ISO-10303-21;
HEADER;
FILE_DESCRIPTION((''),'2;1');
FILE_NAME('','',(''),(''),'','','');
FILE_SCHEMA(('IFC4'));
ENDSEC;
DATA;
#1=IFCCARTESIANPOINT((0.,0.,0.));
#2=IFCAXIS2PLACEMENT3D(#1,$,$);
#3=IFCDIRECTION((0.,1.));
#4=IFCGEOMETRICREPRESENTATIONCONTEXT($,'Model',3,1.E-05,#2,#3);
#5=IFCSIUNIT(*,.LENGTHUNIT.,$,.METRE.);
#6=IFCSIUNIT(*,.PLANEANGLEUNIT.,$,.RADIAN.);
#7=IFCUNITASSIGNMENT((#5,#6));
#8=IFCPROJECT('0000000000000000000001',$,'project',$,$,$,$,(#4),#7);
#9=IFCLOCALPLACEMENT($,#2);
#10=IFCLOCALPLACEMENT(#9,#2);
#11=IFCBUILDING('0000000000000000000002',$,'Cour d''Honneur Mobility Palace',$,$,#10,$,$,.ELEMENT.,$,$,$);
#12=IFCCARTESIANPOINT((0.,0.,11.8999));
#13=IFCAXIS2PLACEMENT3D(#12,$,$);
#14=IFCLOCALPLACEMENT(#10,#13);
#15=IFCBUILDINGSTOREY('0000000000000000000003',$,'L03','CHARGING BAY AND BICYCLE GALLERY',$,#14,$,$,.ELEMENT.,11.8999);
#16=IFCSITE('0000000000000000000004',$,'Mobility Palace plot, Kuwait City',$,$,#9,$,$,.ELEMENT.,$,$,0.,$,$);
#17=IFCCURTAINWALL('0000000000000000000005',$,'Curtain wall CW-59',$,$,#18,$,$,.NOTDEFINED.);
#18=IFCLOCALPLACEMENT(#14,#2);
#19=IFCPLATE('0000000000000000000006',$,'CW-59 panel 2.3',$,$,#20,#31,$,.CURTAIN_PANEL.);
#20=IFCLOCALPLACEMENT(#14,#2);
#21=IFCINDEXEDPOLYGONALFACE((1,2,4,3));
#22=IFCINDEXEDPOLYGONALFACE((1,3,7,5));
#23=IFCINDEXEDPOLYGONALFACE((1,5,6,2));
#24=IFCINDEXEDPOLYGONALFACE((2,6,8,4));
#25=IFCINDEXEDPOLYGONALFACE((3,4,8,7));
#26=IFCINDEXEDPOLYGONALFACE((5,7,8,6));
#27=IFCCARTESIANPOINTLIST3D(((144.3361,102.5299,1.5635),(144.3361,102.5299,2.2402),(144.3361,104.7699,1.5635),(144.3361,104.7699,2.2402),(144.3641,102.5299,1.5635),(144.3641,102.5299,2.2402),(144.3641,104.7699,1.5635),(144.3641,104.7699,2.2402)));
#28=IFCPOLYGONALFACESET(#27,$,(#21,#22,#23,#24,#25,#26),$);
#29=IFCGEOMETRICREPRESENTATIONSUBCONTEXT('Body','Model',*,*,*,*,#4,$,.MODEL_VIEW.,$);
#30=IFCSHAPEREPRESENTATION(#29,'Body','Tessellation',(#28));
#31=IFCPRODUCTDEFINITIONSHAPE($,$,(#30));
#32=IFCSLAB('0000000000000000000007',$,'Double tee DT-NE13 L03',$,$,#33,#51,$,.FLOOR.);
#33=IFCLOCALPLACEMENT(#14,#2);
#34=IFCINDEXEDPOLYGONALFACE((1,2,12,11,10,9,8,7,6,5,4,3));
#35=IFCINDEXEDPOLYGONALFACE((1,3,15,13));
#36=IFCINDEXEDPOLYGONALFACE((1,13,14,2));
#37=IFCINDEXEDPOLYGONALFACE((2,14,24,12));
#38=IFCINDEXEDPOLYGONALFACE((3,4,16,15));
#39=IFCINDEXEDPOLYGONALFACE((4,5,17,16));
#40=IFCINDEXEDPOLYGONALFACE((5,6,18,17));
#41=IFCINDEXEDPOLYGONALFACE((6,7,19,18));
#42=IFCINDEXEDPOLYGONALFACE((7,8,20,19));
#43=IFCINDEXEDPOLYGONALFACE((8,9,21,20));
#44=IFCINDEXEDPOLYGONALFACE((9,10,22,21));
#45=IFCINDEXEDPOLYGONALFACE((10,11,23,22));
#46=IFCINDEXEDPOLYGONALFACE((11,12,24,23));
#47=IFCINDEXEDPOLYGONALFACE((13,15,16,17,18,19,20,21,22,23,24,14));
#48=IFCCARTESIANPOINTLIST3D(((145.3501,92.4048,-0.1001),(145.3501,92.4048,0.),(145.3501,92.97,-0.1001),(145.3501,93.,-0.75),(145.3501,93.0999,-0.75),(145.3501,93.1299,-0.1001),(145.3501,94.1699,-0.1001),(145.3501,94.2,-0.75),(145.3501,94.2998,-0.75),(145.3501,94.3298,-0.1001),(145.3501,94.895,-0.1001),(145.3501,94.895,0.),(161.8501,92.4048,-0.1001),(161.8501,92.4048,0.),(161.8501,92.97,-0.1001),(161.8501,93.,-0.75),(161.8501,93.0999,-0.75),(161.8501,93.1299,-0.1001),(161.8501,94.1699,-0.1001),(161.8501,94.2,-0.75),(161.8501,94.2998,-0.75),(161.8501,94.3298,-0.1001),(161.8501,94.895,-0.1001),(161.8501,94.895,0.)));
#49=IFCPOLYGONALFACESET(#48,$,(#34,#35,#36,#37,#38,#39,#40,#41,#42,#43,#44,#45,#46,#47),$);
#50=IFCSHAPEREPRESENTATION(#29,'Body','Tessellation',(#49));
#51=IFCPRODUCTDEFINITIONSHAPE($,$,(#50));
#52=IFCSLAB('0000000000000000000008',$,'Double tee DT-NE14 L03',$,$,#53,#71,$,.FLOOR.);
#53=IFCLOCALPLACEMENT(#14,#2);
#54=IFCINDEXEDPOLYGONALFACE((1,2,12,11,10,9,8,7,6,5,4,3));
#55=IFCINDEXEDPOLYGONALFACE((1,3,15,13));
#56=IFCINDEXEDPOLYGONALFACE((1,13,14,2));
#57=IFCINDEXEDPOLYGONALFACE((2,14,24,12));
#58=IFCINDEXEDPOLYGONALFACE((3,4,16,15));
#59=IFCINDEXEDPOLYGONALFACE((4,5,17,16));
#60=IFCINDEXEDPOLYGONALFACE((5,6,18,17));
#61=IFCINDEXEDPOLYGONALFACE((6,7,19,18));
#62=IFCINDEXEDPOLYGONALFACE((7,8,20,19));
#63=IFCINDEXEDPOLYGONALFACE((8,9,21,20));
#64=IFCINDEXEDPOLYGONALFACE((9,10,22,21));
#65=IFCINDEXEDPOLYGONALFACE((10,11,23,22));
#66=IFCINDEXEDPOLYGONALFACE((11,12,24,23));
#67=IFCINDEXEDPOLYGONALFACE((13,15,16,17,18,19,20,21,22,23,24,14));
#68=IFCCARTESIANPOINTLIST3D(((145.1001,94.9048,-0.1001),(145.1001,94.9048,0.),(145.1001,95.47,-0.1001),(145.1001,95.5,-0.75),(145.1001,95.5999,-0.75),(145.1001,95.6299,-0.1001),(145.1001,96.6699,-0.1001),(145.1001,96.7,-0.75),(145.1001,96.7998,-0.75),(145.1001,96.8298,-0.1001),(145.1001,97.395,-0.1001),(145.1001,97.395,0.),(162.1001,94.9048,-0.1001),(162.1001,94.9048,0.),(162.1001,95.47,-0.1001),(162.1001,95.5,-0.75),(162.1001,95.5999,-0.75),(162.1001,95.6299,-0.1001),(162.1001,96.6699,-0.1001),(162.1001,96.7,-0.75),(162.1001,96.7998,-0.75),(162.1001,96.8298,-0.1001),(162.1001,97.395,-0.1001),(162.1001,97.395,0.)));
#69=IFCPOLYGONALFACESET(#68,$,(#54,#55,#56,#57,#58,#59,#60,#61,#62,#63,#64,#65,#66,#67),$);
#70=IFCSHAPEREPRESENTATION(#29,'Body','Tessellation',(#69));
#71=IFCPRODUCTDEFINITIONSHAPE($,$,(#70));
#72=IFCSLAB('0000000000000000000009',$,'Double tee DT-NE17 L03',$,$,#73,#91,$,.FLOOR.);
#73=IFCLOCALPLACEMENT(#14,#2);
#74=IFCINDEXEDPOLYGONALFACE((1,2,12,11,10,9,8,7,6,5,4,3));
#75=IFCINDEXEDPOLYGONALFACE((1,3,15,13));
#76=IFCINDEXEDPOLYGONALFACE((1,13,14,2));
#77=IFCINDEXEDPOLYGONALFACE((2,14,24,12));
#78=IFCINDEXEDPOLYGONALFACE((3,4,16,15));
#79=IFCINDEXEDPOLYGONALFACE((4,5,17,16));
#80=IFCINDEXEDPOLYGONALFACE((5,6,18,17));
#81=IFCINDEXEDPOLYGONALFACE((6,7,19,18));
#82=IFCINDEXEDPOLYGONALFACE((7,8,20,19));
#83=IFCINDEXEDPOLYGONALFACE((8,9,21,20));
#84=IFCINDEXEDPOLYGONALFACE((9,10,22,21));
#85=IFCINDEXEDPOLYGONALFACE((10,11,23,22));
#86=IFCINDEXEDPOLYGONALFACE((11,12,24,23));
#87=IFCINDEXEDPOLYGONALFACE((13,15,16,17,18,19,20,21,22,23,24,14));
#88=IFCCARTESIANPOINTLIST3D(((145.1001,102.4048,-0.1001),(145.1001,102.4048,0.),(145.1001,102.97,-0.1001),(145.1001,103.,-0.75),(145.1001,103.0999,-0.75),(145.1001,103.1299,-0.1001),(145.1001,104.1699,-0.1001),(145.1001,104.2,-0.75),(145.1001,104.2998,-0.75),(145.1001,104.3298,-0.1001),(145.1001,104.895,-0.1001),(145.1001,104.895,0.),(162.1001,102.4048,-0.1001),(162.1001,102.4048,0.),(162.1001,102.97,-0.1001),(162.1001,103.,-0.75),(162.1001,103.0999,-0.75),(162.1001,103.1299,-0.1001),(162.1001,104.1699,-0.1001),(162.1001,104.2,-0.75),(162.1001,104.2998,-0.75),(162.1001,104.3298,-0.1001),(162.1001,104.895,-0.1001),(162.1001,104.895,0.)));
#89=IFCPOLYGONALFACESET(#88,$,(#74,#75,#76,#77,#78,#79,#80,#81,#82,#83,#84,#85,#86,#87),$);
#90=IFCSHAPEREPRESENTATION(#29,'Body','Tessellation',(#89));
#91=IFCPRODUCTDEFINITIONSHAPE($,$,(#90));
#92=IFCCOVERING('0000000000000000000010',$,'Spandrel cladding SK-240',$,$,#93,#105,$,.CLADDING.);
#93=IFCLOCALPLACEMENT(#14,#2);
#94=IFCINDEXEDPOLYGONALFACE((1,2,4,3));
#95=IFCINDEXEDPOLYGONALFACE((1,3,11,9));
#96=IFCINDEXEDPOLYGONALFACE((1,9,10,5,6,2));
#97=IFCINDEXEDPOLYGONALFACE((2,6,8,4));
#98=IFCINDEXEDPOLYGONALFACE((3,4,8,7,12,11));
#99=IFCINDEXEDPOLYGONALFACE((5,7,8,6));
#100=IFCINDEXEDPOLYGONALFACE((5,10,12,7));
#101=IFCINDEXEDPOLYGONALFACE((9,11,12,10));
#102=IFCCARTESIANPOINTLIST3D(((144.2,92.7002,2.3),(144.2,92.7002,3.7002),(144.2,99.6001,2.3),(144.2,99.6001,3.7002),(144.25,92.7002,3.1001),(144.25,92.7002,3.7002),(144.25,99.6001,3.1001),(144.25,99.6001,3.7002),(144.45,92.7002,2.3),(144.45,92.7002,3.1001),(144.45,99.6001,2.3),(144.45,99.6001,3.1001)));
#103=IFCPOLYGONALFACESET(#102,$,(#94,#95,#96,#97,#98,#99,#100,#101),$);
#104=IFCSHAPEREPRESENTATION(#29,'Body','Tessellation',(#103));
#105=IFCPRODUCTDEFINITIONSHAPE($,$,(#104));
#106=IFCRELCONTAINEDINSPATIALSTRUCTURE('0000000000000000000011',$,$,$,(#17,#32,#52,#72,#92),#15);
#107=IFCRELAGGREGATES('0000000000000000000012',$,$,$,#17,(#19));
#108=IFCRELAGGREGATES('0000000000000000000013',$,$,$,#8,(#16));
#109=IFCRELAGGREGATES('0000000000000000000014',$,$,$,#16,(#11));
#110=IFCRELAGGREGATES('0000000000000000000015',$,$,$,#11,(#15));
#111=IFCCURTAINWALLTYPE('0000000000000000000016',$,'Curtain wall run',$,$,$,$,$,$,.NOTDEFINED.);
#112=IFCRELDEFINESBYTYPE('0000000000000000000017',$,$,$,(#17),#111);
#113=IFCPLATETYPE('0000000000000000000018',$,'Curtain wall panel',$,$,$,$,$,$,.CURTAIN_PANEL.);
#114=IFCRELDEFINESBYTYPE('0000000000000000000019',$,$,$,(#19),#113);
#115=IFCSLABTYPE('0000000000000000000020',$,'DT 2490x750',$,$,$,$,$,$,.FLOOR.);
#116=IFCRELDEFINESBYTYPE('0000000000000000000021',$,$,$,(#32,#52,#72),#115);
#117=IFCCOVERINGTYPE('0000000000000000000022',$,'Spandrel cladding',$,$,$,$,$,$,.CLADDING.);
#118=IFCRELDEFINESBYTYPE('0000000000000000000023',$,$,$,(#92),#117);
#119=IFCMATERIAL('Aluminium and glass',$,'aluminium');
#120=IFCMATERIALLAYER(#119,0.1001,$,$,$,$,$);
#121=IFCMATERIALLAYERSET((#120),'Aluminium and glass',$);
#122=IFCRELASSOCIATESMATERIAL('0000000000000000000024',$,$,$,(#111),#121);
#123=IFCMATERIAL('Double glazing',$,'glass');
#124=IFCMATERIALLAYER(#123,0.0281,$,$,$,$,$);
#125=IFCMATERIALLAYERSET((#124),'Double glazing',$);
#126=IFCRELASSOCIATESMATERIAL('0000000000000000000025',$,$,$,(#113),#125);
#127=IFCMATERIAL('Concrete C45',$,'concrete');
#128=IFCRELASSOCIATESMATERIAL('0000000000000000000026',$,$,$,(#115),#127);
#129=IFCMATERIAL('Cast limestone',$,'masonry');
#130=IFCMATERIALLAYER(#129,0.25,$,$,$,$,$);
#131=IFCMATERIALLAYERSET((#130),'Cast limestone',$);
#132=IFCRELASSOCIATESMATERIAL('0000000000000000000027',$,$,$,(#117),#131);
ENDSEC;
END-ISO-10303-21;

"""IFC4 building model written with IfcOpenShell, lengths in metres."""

from ifc_helpers import new_model, si_unit, direction, frame, origin, origin_2d, place, context, subcontext, project, spatial, polyline, rectangle, outline, extrude, material, layer, layer_set, material_profile, profile_set, type_object, element, aggregate, save


model = new_model("IFC4")

# Units and contexts
model_context = context("Model", 3, precision=1e-05, world=origin(), true_north=direction((0.0, 1.0)))
body_context = subcontext(model_context, "Body", "Model", "MODEL_VIEW")
ifc_project = project(units=[si_unit("LENGTHUNIT", "METRE"), si_unit("PLANEANGLEUNIT", "RADIAN")], contexts=[model_context])

# Site, building, storey
site_placement = place(None, origin())
site = spatial("IfcSite", under=ifc_project, at=site_placement, Name="Mobility Palace plot, Kuwait City", CompositionType="ELEMENT", RefElevation=0.0)
building_placement = place(site_placement, origin())
building = spatial("IfcBuilding", under=site, at=building_placement, Name="Cour d'Honneur Mobility Palace", CompositionType="ELEMENT")
storey_placement = place(building_placement, frame((0.0, 0.0, 11.8999)))
storey = spatial("IfcBuildingStorey", under=building, at=storey_placement, Name="L03", Description="CHARGING BAY AND BICYCLE GALLERY", CompositionType="ELEMENT", Elevation=11.8999)

# Curtain wall
ifc_material_1 = material(Name="Aluminium and glass", Category="aluminium")
ifc_layer_1 = layer(ifc_material_1, 0.1001)
ifc_layer_set_1 = layer_set([ifc_layer_1], Name="Aluminium and glass")
curtain_wall_type = type_object("IfcCurtainWallType", Name="Curtain wall run", PredefinedType="NOTDEFINED", material=ifc_layer_set_1)
curtain_wall_placement = place(storey_placement, origin())
curtain_wall = element("IfcCurtainWall", 1, at=curtain_wall_placement, inside=storey, type_object=curtain_wall_type, Name="Curtain wall CW-59", PredefinedType="NOTDEFINED")

# Plate
ifc_material_2 = material(Name="Double glazing", Category="glass")
ifc_layer_2 = layer(ifc_material_2, 0.0281)
ifc_layer_set_2 = layer_set([ifc_layer_2], Name="Double glazing")
plate_type = type_object("IfcPlateType", Name="Curtain wall panel", PredefinedType="CURTAIN_PANEL", material=ifc_layer_set_2)
plate_1_placement = place(storey_placement, frame((144.3501, 103.6499, 1.5635), z_axis=(0.0, 0.0, 1.0), x_axis=(0.0, -1.0, 0.0)))
plate_1 = element("IfcPlate", 2, at=plate_1_placement, type_object=plate_type, Name="CW-59 panel 2.3", PredefinedType="CURTAIN_PANEL", context=body_context, shape_type="SweptSolid", body=[
    extrude(rectangle(XDim=2.24, YDim=0.0281, at=origin_2d()), origin(), (0.0, 0.0, 1.0), 0.6768),
])
aggregate(curtain_wall, [plate_1])

# Slabs
ifc_material_3 = material(Name="Concrete C45", Category="concrete")
ifc_material_profile_1 = material_profile(ifc_material_3, outline(polyline([(-1.2451, 0.0), (1.2451, 0.0), (1.2451, -0.1001), (0.6799, -0.1001), (0.6499, -0.75), (0.55, -0.75), (0.52, -0.1001), (-0.52, -0.1001), (-0.55, -0.75), (-0.6499, -0.75), (-0.6799, -0.1001), (-1.2451, -0.1001), (-1.2451, 0.0)])), Name="DT 2490x750")
ifc_profile_set_1 = profile_set([ifc_material_profile_1], Name="Concrete C45")
slab_type = type_object("IfcSlabType", Name="DT 2490x750", PredefinedType="FLOOR", material=ifc_profile_set_1)
slab_placement = place(storey_placement, frame((145.3501, 93.6499, 0.0), z_axis=(1.0, 0.0, 0.0), x_axis=(0.0, 1.0, 0.0)))
element("IfcSlab", 3, at=slab_placement, inside=storey, type_object=slab_type, Name="Double tee DT-NE13 L03", PredefinedType="FLOOR", context=body_context, shape_type="SweptSolid", body=[
    extrude(outline(polyline([(-1.2451, 0.0), (1.2451, 0.0), (1.2451, -0.1001), (0.6799, -0.1001), (0.6499, -0.75), (0.55, -0.75), (0.52, -0.1001), (-0.52, -0.1001), (-0.55, -0.75), (-0.6499, -0.75), (-0.6799, -0.1001), (-1.2451, -0.1001), (-1.2451, 0.0)])), origin(), (0.0, 0.0, 1.0), 16.5),
])
for number, where, z_axis, x_axis, name in (
    (4, (145.1001, 96.1499, 0.0), (1.0, 0.0, 0.0), (0.0, 1.0, 0.0), "Double tee DT-NE14 L03"),
    (5, (145.1001, 103.6499, 0.0), (1.0, 0.0, 0.0), (0.0, 1.0, 0.0), "Double tee DT-NE17 L03"),
):
    element("IfcSlab", number, at=place(storey_placement, frame(where, z_axis=z_axis, x_axis=x_axis)), inside=storey, type_object=slab_type, Name=name, PredefinedType="FLOOR", context=body_context, shape_type="SweptSolid", body=[
        extrude(outline(polyline([(-1.2451, 0.0), (1.2451, 0.0), (1.2451, -0.1001), (0.6799, -0.1001), (0.6499, -0.75), (0.55, -0.75), (0.52, -0.1001), (-0.52, -0.1001), (-0.55, -0.75), (-0.6499, -0.75), (-0.6799, -0.1001), (-1.2451, -0.1001), (-1.2451, 0.0)])), origin(), (0.0, 0.0, 1.0), 17.0),
    ])

# Covering
ifc_material_4 = material(Name="Cast limestone", Category="masonry")
ifc_layer_3 = layer(ifc_material_4, 0.25)
ifc_layer_set_3 = layer_set([ifc_layer_3], Name="Cast limestone")
covering_type = type_object("IfcCoveringType", Name="Spandrel cladding", PredefinedType="CLADDING", material=ifc_layer_set_3)
covering_placement = place(storey_placement, frame((144.45, 99.6001, 2.3), z_axis=(0.0, 1.0, 0.0), x_axis=(-1.0, 0.0, 0.0)))
element("IfcCovering", 6, at=covering_placement, inside=storey, type_object=covering_type, Name="Spandrel cladding SK-240", PredefinedType="CLADDING", context=body_context, shape_type="SweptSolid", body=[
    extrude(outline(polyline([(0.0, 0.0), (0.25, 0.0), (0.25, 1.4001), (0.2, 1.4001), (0.2, 0.8), (0.0, 0.8), (0.0, 0.0)])), origin(), (0.0, 0.0, -1.0), 6.8999),
])

save(model, "model.ifc")
